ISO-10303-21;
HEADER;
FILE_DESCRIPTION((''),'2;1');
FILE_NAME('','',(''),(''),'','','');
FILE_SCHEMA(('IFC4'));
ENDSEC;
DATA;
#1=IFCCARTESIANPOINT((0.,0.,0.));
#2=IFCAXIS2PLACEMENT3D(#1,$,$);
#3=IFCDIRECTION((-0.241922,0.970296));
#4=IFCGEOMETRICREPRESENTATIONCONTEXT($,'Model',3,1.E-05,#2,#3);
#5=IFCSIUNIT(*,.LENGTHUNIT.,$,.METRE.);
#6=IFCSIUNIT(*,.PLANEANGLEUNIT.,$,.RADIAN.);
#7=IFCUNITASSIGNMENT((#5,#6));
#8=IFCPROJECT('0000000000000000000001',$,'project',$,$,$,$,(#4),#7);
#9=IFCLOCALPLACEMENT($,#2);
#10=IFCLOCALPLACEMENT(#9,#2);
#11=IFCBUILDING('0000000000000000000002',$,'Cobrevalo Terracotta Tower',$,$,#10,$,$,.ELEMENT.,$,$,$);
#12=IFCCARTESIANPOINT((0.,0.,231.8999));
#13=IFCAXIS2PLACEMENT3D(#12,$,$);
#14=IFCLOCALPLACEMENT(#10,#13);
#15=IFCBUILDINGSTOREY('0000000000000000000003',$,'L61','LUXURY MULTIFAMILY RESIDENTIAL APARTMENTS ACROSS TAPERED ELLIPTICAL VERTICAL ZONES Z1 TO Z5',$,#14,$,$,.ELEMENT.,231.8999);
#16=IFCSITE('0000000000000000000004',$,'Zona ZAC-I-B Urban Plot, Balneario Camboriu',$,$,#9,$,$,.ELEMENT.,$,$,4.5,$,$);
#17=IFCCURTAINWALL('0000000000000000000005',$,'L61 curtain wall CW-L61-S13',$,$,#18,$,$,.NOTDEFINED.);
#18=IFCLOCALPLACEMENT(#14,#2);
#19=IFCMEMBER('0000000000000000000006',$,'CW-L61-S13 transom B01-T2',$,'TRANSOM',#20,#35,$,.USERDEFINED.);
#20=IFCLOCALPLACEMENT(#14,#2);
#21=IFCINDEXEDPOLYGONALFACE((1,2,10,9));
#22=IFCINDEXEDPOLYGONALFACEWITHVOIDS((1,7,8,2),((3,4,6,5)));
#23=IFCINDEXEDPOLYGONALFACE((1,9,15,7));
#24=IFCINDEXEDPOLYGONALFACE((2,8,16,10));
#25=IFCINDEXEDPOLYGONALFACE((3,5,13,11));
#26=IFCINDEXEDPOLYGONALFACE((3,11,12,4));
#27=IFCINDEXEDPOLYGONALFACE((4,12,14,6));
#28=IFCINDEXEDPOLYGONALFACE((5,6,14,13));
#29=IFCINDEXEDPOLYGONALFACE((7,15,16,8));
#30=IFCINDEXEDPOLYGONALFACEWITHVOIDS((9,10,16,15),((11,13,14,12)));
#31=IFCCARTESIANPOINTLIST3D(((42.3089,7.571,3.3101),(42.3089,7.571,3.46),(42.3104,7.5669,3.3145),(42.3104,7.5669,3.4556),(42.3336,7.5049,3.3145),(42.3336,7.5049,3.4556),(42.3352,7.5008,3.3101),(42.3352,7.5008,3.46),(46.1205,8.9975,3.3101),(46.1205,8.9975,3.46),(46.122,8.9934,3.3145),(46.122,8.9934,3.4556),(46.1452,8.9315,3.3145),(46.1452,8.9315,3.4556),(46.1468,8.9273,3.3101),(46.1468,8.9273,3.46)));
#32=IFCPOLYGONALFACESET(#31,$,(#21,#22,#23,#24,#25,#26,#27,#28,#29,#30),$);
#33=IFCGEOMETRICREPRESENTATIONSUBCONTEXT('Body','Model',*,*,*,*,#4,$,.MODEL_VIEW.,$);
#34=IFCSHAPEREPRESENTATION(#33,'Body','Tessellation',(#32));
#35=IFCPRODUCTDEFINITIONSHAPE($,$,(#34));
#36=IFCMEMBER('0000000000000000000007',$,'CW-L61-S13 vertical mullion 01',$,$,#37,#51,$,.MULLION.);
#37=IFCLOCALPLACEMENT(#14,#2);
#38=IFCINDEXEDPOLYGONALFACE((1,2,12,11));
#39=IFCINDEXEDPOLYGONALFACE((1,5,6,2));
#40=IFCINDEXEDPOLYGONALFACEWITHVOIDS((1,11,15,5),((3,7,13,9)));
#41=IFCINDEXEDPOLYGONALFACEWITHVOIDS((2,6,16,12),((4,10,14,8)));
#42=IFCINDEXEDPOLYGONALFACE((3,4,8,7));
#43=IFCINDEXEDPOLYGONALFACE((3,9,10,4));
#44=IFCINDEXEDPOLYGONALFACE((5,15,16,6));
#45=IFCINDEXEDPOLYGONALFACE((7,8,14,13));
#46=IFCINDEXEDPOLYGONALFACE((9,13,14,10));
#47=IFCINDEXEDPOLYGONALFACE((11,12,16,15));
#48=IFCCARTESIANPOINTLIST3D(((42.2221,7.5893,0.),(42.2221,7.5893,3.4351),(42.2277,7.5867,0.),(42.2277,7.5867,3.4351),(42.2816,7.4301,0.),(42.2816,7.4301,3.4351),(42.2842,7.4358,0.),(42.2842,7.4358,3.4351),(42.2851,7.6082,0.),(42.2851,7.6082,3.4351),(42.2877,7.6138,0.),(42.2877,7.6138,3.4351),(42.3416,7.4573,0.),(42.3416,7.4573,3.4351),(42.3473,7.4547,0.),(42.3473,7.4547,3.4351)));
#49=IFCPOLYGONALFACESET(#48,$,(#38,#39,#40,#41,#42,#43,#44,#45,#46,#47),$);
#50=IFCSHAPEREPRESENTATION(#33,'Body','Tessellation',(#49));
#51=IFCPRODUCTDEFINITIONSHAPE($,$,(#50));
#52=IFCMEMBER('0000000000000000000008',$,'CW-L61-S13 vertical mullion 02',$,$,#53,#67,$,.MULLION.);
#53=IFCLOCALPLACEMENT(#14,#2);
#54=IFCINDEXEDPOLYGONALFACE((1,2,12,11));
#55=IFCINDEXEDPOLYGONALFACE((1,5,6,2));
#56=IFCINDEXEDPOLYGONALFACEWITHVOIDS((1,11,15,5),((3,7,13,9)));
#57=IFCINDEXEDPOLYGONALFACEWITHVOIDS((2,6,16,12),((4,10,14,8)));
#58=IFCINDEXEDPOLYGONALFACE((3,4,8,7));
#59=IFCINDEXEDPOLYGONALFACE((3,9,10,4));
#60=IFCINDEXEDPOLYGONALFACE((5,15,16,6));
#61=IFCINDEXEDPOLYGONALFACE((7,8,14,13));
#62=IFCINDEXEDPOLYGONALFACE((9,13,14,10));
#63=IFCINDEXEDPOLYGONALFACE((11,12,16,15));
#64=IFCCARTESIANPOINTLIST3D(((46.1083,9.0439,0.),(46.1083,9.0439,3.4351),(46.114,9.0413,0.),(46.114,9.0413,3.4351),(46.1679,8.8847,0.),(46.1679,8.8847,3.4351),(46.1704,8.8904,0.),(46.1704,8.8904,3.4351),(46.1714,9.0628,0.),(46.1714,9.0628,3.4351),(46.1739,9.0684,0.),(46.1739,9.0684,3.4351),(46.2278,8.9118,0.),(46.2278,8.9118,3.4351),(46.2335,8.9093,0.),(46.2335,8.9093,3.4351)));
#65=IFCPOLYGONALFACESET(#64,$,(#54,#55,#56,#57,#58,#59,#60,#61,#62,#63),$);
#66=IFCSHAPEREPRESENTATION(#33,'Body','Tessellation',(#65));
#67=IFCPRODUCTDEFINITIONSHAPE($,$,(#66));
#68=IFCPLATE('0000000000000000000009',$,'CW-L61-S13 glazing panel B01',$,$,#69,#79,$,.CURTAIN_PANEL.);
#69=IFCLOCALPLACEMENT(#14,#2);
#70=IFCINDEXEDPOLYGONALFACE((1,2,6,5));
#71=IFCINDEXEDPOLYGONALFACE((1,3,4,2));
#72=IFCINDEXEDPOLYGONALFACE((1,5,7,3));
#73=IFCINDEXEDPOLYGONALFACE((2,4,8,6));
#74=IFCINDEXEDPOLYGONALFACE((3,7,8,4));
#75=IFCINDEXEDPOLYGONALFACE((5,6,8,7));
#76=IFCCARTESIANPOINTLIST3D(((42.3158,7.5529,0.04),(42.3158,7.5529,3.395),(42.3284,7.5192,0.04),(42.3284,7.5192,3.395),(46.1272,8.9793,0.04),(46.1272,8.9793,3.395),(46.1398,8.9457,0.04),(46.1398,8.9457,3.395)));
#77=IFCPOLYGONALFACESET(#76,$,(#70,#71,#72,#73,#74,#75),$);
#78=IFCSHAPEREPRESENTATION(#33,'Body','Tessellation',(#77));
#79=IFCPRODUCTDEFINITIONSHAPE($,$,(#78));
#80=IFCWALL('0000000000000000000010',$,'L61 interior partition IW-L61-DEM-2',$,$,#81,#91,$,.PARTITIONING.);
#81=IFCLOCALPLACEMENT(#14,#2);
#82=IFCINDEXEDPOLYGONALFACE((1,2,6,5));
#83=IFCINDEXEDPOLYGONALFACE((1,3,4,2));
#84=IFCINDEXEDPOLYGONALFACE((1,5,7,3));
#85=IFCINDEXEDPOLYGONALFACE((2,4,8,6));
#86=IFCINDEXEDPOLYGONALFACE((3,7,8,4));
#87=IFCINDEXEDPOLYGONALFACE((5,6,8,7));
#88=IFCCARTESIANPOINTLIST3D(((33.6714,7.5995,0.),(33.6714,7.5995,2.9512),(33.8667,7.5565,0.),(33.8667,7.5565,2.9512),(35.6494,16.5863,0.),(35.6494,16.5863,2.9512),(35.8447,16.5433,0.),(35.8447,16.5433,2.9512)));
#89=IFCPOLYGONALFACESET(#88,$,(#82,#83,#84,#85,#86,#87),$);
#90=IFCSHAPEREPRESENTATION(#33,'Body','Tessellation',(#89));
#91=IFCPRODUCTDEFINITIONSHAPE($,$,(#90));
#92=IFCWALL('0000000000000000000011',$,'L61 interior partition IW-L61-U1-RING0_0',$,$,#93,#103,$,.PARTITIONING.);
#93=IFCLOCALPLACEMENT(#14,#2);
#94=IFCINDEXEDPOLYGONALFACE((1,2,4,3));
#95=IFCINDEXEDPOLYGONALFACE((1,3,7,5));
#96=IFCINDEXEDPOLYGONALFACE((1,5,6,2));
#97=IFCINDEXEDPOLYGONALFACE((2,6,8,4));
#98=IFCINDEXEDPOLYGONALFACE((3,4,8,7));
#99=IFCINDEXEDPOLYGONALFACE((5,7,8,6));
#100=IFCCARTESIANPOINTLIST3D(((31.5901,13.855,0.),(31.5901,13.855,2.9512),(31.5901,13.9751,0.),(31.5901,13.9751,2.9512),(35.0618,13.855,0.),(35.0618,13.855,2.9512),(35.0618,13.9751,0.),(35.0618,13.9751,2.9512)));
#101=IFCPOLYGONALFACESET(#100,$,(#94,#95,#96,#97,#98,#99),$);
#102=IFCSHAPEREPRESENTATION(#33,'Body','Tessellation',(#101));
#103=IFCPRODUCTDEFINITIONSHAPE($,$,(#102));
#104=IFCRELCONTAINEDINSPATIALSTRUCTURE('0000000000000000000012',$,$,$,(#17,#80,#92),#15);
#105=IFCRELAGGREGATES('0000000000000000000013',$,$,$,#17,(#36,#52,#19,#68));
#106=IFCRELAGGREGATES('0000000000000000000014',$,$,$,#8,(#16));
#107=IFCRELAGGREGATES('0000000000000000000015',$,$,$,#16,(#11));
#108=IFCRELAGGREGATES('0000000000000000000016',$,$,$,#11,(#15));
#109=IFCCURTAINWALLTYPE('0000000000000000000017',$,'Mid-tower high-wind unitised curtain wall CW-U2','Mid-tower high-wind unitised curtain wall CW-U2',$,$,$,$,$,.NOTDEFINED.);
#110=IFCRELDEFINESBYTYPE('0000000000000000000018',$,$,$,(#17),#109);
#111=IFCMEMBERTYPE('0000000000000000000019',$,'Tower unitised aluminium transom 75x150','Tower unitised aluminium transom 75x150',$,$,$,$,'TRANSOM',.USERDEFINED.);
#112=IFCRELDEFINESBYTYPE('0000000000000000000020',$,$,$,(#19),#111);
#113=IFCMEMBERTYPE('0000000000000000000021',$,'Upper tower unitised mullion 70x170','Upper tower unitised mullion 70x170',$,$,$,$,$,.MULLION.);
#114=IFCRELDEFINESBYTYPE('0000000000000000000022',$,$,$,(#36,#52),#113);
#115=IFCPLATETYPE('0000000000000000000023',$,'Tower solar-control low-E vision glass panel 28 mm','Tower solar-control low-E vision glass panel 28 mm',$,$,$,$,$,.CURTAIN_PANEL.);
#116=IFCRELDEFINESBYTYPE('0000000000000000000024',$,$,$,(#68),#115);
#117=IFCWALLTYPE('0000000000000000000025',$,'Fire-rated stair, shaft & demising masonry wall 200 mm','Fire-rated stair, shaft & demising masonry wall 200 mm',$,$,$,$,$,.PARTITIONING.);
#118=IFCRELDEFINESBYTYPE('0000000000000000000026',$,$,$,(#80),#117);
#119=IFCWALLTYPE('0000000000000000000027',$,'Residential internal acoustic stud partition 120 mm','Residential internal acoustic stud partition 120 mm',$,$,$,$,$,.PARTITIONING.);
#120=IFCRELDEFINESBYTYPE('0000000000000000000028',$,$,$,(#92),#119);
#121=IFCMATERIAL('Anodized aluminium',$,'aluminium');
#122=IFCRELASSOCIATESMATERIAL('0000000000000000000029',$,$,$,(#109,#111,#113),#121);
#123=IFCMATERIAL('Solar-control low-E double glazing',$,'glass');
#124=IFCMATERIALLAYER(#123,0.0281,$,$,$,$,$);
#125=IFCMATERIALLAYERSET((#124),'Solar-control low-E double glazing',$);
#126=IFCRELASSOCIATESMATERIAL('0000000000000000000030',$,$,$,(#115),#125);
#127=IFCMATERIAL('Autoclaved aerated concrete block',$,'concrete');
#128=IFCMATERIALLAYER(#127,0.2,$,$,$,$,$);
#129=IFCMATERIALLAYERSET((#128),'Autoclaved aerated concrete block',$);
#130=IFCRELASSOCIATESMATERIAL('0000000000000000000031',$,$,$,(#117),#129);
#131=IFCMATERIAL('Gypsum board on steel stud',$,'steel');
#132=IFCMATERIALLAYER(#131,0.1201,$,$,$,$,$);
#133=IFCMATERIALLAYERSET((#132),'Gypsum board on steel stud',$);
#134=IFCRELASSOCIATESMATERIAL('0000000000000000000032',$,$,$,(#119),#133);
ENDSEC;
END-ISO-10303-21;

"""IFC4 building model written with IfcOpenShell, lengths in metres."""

from ifc_helpers import new_model, si_unit, direction, frame, frame_2d, origin, origin_2d, place, context, subcontext, project, spatial, rectangle, hollow_rectangle, extrude, source, transform, mapped, material, layer, layer_set, material_profile, profile_set, type_object, element, aggregate, save


model = new_model("IFC4")

# Units and contexts
model_context = context("Model", 3, precision=1e-05, world=origin(), true_north=direction((-0.241922, 0.970296)))
body_context = subcontext(model_context, "Body", "Model", "MODEL_VIEW")
ifc_project = project(units=[si_unit("LENGTHUNIT", "METRE"), si_unit("PLANEANGLEUNIT", "RADIAN")], contexts=[model_context])

# Site, building, storey
site_placement = place(None, origin())
site = spatial("IfcSite", under=ifc_project, at=site_placement, Name="Zona ZAC-I-B Urban Plot, Balneario Camboriu", CompositionType="ELEMENT", RefElevation=4.5)
building_placement = place(site_placement, origin())
building = spatial("IfcBuilding", under=site, at=building_placement, Name="Cobrevalo Terracotta Tower", CompositionType="ELEMENT")
storey_placement = place(building_placement, frame((0.0, 0.0, 231.8999)))
storey = spatial("IfcBuildingStorey", under=building, at=storey_placement, Name="L61", Description="LUXURY MULTIFAMILY RESIDENTIAL APARTMENTS ACROSS TAPERED ELLIPTICAL VERTICAL ZONES Z1 TO Z5", CompositionType="ELEMENT", Elevation=231.8999)

# Curtain wall, members, plate
ifc_material_1 = material(Name="Anodized aluminium", Category="aluminium")
curtain_wall_type = type_object("IfcCurtainWallType", Name="Mid-tower high-wind unitised curtain wall CW-U2", Description="Mid-tower high-wind unitised curtain wall CW-U2", PredefinedType="NOTDEFINED", material=ifc_material_1)
curtain_wall_placement = place(storey_placement, origin())
curtain_wall = element("IfcCurtainWall", 1, at=curtain_wall_placement, inside=storey, type_object=curtain_wall_type, Name="L61 curtain wall CW-L61-S13", PredefinedType="NOTDEFINED")
ifc_material_profile_1 = material_profile(ifc_material_1, hollow_rectangle(XDim=0.075, YDim=0.1499, WallThickness=0.0044, at=origin_2d()), Name="CWT 75x150")
ifc_profile_set_1 = profile_set([ifc_material_profile_1], Name="Anodized aluminium")
member_type_1 = type_object("IfcMemberType", Name="Tower unitised aluminium transom 75x150", Description="Tower unitised aluminium transom 75x150", ElementType="TRANSOM", PredefinedType="USERDEFINED", material=ifc_profile_set_1)
shared_shape_1 = source(origin(), body_context, "Body", "SweptSolid", [
    extrude(hollow_rectangle(XDim=0.075, YDim=0.1499, WallThickness=0.0044, at=origin_2d()), origin(), (0.0, 0.0, 1.0), 4.0698),
])
member_1_placement = place(storey_placement, frame((42.322, 7.5359, 3.385), z_axis=(0.936556, 0.350519, 0.0), x_axis=(-0.350519, 0.936556, 0.0)))
member_1 = element("IfcMember", 2, at=member_1_placement, type_object=member_type_1, Name="CW-L61-S13 transom B01-T2", ObjectType="TRANSOM", PredefinedType="USERDEFINED", context=body_context, shape_type="MappedRepresentation", body=[
    mapped(shared_shape_1, transform((0.0, 0.0, 0.0), scale=1.0)),
])
ifc_material_profile_2 = material_profile(ifc_material_1, hollow_rectangle(XDim=0.0701, YDim=0.1699, WallThickness=0.0044, at=origin_2d()), Name="CWM 70x170")
ifc_profile_set_2 = profile_set([ifc_material_profile_2], Name="Anodized aluminium")
member_type_2 = type_object("IfcMemberType", Name="Upper tower unitised mullion 70x170", Description="Upper tower unitised mullion 70x170", PredefinedType="MULLION", material=ifc_profile_set_2)
shared_shape_2 = source(origin(), body_context, "Body", "SweptSolid", [
    extrude(hollow_rectangle(XDim=0.0701, YDim=0.1699, WallThickness=0.0044, at=origin_2d()), origin(), (0.0, 0.0, 1.0), 3.4351),
])
member_2_placement = place(storey_placement, frame((42.2847, 7.522, 0.0), z_axis=(0.0, 0.0, 1.0), x_axis=(0.936556, 0.350518, 0.0)))
member_2 = element("IfcMember", 3, at=member_2_placement, type_object=member_type_2, Name="CW-L61-S13 vertical mullion 01", PredefinedType="MULLION", context=body_context, shape_type="MappedRepresentation", body=[
    mapped(shared_shape_2, transform((0.0, 0.0, 0.0), scale=1.0)),
])
member_3_placement = place(storey_placement, frame((46.1709, 8.9766, 0.0), z_axis=(0.0, 0.0, 1.0), x_axis=(0.936556, 0.350518, 0.0)))
member_3 = element("IfcMember", 4, at=member_3_placement, type_object=member_type_2, Name="CW-L61-S13 vertical mullion 02", PredefinedType="MULLION", context=body_context, shape_type="MappedRepresentation", body=[
    mapped(shared_shape_2, transform((0.0, 0.0, 0.0), scale=1.0)),
])
ifc_material_2 = material(Name="Solar-control low-E double glazing", Category="glass")
ifc_layer_1 = layer(ifc_material_2, 0.0281)
ifc_layer_set_1 = layer_set([ifc_layer_1], Name="Solar-control low-E double glazing")
plate_type = type_object("IfcPlateType", Name="Tower solar-control low-E vision glass panel 28 mm", Description="Tower solar-control low-E vision glass panel 28 mm", PredefinedType="CURTAIN_PANEL", material=ifc_layer_set_1)
shared_shape_3 = source(origin(), body_context, "Body", "SweptSolid", [
    extrude(rectangle(XDim=4.0696, YDim=0.0359, at=origin_2d()), origin(), (0.0, 0.0, 1.0), 3.355),
])
plate_placement = place(storey_placement, frame((44.2278, 8.2493, 0.04), z_axis=(0.0, 0.0, 1.0), x_axis=(0.936558, 0.350513, 0.0)))
plate = element("IfcPlate", 5, at=plate_placement, type_object=plate_type, Name="CW-L61-S13 glazing panel B01", PredefinedType="CURTAIN_PANEL", context=body_context, shape_type="MappedRepresentation", body=[
    mapped(shared_shape_3, transform((0.0, 0.0, 0.0), scale=1.0)),
])
aggregate(curtain_wall, [member_2, member_3, member_1, plate])

# Walls
ifc_material_3 = material(Name="Autoclaved aerated concrete block", Category="concrete")
ifc_layer_2 = layer(ifc_material_3, 0.2)
ifc_layer_set_2 = layer_set([ifc_layer_2], Name="Autoclaved aerated concrete block")
wall_type_1 = type_object("IfcWallType", Name="Fire-rated stair, shaft & demising masonry wall 200 mm", Description="Fire-rated stair, shaft & demising masonry wall 200 mm", PredefinedType="PARTITIONING", material=ifc_layer_set_2)
wall_1_placement = place(storey_placement, frame((35.7471, 16.5649, 0.0), z_axis=(0.0, 0.0, 1.0), x_axis=(-0.214958, -0.976623, 0.0)))
element("IfcWall", 6, at=wall_1_placement, inside=storey, type_object=wall_type_1, Name="L61 interior partition IW-L61-DEM-2", PredefinedType="PARTITIONING", context=body_context, shape_type="SweptSolid", body=[
    extrude(rectangle(XDim=9.2019, YDim=0.2, at=frame_2d((4.6011, 0.0))), origin(), (0.0, 0.0, 1.0), 2.9512),
])
ifc_material_4 = material(Name="Gypsum board on steel stud", Category="steel")
ifc_layer_3 = layer(ifc_material_4, 0.1201)
ifc_layer_set_3 = layer_set([ifc_layer_3], Name="Gypsum board on steel stud")
wall_type_2 = type_object("IfcWallType", Name="Residential internal acoustic stud partition 120 mm", Description="Residential internal acoustic stud partition 120 mm", PredefinedType="PARTITIONING", material=ifc_layer_set_3)
wall_2_placement = place(storey_placement, frame((35.0618, 13.915, 0.0), z_axis=(0.0, 0.0, 1.0), x_axis=(-1.0, 0.0, 0.0)))
element("IfcWall", 7, at=wall_2_placement, inside=storey, type_object=wall_type_2, Name="L61 interior partition IW-L61-U1-RING0_0", PredefinedType="PARTITIONING", context=body_context, shape_type="SweptSolid", body=[
    extrude(rectangle(XDim=3.4717, YDim=0.1201, at=frame_2d((1.7358, 0.0))), origin(), (0.0, 0.0, 1.0), 2.9512),
])

save(model, "model.ifc")
